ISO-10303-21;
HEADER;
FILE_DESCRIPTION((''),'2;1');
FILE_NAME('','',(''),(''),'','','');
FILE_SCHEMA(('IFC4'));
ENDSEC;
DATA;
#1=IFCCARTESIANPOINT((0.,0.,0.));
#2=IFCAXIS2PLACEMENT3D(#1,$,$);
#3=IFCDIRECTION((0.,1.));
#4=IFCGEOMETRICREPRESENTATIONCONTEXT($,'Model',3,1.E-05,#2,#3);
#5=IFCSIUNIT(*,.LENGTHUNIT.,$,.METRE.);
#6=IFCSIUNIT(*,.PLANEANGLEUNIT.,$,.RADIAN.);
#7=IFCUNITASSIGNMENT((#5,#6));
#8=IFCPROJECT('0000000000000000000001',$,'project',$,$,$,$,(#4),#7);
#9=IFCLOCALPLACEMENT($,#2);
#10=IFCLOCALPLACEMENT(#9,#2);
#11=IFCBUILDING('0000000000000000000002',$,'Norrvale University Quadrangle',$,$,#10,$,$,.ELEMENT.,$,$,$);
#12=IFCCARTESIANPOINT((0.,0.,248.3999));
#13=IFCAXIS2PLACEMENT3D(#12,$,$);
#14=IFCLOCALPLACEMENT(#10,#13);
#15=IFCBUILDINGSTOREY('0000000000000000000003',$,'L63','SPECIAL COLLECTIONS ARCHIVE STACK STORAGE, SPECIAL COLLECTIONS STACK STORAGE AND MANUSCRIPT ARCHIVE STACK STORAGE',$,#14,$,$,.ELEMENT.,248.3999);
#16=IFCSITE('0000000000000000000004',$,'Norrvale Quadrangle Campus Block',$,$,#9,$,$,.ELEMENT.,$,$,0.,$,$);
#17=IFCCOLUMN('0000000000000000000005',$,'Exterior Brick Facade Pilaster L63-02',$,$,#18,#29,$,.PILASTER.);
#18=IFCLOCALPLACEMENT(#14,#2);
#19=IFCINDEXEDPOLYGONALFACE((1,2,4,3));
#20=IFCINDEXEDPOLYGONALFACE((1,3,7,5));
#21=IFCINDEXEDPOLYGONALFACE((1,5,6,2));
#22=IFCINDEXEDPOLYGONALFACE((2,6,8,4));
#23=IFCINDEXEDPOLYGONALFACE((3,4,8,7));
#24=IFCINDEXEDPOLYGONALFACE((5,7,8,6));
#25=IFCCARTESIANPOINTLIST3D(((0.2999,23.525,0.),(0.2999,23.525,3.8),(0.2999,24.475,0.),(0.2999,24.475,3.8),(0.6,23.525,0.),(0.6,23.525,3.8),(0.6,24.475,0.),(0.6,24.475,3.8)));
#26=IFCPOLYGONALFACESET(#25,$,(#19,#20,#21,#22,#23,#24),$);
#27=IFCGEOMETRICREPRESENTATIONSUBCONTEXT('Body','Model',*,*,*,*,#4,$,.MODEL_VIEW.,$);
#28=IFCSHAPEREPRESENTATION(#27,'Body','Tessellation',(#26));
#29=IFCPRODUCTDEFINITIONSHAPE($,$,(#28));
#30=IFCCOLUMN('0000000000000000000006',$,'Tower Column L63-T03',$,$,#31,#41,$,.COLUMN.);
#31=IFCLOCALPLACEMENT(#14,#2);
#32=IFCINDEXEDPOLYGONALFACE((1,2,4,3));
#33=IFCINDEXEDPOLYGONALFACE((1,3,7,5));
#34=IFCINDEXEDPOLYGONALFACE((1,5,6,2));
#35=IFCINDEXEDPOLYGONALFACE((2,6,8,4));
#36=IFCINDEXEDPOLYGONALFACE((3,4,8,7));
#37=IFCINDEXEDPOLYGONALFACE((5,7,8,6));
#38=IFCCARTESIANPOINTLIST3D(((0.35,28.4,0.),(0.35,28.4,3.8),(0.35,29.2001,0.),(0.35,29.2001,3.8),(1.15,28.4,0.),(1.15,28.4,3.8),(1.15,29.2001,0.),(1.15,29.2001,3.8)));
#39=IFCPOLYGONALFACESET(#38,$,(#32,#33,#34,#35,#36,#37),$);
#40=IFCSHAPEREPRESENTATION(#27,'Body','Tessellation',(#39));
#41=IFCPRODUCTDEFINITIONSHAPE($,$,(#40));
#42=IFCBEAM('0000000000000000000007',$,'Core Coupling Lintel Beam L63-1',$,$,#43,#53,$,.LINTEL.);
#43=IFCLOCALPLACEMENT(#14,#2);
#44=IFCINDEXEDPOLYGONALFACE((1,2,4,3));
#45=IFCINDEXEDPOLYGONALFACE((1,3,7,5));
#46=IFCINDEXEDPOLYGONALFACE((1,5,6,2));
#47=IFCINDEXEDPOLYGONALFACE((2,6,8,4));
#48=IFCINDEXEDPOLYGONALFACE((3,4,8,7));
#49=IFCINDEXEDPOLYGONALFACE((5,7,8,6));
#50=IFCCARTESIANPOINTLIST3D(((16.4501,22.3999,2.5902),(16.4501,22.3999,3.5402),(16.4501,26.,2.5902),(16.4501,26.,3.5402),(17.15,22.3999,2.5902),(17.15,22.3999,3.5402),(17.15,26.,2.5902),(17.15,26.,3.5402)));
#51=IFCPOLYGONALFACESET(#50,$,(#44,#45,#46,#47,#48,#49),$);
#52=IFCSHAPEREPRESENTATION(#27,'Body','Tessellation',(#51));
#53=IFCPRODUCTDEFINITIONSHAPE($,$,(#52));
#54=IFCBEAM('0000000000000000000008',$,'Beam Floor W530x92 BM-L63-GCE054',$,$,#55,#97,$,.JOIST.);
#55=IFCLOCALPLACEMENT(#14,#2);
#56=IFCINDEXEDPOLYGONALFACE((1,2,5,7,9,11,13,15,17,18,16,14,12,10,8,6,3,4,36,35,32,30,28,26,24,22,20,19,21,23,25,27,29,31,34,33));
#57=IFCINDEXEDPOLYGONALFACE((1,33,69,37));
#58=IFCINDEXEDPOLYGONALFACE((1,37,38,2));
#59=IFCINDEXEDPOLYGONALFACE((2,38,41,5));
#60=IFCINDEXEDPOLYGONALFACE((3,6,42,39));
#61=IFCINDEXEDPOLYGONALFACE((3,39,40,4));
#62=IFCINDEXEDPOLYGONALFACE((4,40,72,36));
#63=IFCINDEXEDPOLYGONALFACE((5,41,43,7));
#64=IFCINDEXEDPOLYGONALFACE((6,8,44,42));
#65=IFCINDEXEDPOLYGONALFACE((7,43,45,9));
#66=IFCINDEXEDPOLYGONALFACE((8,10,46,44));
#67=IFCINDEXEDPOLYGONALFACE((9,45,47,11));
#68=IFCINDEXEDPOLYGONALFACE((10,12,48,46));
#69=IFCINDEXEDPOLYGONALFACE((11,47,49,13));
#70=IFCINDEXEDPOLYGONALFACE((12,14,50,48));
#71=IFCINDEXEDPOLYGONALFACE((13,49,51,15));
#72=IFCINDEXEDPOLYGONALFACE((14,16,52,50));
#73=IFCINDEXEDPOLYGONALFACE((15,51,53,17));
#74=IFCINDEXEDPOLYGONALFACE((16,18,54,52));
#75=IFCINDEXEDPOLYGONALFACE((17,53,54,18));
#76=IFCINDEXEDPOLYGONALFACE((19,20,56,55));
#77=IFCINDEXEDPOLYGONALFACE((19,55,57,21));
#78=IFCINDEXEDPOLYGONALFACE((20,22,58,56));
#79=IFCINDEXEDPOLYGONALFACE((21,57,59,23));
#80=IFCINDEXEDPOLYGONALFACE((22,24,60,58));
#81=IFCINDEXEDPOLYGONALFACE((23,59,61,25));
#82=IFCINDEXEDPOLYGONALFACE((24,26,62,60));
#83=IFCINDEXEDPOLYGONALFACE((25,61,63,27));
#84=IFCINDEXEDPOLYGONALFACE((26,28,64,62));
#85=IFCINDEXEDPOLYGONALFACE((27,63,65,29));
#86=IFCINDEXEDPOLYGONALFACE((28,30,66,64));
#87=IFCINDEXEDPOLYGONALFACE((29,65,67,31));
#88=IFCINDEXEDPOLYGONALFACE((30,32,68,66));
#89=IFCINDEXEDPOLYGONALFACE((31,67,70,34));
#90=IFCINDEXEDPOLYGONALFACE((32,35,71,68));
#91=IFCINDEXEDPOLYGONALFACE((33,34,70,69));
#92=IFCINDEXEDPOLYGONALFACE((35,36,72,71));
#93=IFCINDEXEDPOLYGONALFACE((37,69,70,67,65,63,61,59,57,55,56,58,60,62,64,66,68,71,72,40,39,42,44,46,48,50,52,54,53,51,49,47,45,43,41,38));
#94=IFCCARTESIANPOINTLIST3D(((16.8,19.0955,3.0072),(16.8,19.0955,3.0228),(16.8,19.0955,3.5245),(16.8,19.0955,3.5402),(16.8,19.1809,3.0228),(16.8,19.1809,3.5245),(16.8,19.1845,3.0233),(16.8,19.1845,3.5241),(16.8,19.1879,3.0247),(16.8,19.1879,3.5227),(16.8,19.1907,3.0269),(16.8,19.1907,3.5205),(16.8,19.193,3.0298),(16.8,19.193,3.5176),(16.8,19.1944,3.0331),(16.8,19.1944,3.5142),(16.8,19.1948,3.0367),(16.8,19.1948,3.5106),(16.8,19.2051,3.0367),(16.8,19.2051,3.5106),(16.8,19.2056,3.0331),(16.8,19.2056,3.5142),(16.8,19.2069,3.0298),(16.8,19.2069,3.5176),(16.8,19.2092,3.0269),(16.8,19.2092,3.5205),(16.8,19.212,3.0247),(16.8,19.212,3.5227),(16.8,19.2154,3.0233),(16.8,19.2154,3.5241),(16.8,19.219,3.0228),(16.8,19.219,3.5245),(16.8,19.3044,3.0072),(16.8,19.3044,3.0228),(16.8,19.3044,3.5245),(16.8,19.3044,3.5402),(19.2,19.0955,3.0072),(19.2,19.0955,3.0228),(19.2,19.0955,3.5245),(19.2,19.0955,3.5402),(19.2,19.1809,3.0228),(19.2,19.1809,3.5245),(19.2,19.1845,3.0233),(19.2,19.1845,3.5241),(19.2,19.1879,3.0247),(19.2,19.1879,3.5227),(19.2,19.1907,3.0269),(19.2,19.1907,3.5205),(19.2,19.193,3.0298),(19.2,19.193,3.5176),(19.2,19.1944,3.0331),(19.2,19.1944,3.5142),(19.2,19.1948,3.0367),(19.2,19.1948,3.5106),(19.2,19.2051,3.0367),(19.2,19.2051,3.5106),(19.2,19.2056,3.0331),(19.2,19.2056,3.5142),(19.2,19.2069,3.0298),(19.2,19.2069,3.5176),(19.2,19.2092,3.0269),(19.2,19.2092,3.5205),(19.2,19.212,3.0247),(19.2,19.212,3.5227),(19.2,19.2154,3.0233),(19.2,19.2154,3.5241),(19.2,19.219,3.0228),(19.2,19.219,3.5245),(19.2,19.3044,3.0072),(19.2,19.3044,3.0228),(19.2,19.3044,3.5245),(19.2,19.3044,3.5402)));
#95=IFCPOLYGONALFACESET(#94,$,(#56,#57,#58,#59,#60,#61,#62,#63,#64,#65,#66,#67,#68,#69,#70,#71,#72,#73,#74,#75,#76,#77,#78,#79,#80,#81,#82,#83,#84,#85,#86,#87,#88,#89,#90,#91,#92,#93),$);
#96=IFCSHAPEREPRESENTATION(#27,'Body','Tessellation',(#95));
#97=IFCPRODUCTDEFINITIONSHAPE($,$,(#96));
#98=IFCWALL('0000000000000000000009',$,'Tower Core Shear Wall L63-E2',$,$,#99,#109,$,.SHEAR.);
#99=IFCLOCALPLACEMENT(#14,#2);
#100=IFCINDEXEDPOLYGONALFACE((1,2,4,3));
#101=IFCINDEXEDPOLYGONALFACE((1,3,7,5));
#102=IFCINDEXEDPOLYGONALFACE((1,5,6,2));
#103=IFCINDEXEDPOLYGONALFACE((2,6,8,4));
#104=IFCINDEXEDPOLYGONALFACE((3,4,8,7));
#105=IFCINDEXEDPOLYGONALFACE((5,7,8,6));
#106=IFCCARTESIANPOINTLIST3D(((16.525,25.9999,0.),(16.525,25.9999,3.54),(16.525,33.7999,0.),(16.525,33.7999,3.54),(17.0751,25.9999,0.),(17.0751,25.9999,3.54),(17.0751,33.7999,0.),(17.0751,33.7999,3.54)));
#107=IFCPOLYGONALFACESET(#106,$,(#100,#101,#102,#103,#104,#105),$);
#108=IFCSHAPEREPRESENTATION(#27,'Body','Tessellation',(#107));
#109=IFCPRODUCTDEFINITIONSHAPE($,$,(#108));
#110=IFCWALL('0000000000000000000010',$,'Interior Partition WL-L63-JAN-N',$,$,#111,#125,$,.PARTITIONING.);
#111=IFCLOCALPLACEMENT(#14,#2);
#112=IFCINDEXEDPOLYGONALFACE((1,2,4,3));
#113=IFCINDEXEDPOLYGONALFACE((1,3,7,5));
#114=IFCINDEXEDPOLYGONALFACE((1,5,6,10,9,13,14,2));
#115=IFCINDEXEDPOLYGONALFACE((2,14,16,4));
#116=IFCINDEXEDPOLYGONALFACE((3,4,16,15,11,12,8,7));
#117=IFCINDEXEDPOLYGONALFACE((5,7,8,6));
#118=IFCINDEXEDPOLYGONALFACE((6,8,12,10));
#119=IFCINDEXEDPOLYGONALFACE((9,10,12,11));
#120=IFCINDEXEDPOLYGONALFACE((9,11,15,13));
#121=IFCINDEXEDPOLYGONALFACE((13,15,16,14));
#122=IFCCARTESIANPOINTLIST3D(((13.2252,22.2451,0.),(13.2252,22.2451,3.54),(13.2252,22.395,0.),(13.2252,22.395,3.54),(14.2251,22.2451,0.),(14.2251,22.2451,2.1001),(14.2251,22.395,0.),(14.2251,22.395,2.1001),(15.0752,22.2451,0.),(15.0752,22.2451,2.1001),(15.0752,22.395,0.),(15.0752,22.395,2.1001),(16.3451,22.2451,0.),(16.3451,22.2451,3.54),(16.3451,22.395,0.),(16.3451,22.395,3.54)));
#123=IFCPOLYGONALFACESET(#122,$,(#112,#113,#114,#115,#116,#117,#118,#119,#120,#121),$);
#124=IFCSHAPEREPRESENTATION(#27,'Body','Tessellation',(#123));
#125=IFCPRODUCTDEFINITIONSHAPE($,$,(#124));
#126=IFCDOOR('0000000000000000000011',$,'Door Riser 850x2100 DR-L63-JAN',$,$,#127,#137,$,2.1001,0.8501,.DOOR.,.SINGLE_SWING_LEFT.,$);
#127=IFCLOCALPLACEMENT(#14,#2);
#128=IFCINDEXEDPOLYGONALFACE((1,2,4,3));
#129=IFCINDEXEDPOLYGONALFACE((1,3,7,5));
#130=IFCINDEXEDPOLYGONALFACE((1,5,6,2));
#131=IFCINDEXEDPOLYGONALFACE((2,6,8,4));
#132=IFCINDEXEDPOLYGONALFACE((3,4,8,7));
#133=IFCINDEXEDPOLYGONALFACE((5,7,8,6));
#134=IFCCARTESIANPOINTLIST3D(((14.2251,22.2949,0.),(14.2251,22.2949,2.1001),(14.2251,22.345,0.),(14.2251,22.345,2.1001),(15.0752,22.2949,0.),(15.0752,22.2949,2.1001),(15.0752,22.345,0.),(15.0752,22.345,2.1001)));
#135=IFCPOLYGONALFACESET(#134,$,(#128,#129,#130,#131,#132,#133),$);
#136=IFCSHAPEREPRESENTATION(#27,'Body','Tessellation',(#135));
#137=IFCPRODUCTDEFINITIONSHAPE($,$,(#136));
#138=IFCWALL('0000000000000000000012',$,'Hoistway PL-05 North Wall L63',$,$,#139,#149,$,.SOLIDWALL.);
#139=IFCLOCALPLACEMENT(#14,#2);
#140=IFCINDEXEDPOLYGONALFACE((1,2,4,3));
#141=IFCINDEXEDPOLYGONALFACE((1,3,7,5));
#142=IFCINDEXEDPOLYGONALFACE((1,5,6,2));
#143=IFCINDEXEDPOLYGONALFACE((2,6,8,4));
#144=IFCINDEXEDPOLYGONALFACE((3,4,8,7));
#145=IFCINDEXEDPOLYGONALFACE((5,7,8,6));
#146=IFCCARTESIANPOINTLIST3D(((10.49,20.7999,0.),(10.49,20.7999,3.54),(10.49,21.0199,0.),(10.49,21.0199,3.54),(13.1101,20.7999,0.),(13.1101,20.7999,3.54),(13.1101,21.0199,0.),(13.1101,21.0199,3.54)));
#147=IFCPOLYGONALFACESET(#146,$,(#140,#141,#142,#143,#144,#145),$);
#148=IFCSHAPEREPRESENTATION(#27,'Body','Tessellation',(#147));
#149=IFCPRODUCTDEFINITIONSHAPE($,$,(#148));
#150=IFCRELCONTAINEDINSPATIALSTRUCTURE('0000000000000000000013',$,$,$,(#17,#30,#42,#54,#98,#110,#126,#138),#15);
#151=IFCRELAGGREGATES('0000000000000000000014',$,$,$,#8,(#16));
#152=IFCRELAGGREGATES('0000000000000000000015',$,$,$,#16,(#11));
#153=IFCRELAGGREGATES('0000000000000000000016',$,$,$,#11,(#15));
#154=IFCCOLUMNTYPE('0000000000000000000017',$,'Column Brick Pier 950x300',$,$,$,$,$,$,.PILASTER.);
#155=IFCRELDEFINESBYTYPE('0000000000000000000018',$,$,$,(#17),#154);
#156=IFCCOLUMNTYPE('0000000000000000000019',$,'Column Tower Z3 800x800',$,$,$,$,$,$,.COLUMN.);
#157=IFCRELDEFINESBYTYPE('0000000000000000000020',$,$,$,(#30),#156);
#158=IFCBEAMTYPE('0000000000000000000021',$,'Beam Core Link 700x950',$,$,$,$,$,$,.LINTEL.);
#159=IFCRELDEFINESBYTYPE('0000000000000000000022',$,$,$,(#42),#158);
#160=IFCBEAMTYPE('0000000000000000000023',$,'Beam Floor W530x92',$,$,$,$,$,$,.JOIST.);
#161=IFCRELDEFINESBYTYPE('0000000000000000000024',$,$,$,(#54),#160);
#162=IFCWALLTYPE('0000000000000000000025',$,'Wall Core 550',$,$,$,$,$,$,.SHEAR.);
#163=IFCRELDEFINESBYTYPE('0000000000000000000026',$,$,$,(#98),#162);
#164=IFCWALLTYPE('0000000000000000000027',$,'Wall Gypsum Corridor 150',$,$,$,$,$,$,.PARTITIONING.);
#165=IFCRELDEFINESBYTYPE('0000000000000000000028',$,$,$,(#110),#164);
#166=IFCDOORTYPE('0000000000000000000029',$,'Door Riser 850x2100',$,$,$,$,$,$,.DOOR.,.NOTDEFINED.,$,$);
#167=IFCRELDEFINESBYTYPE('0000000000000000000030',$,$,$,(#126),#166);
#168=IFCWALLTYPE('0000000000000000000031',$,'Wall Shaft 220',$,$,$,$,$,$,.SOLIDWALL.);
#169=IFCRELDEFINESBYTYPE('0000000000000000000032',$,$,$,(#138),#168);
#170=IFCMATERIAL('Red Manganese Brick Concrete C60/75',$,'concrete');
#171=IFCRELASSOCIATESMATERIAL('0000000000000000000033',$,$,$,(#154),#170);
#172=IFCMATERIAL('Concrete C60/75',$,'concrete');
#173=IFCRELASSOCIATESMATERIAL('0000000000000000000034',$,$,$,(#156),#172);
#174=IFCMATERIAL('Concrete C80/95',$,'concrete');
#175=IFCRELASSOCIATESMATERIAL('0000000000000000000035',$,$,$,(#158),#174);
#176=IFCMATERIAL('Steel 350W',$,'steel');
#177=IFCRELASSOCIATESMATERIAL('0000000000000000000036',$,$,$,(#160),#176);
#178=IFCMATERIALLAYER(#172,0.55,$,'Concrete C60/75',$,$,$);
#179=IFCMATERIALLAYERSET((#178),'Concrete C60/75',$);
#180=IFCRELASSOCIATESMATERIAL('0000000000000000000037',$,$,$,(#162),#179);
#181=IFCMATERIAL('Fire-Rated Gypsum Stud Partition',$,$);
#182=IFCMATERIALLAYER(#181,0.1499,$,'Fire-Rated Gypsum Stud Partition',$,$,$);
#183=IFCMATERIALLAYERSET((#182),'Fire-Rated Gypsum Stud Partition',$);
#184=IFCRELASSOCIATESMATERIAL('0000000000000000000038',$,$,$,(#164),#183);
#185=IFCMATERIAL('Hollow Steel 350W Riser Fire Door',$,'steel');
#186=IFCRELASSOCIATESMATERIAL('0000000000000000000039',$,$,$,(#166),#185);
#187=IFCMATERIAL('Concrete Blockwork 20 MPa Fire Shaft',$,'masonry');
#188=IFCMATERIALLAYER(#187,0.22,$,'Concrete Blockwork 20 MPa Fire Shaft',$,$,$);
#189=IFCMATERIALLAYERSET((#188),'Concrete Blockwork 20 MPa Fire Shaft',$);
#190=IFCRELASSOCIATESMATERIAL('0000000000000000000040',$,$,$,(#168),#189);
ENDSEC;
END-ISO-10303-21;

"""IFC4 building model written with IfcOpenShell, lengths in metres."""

from ifc_helpers import new_model, si_unit, direction, frame, frame_2d, origin, origin_2d, place, context, subcontext, project, spatial, rectangle, i_section, extrude, material, layer, layer_set, material_profile, profile_set, type_object, element, fill, save


model = new_model("IFC4")

# Units and contexts
model_context = context("Model", 3, precision=1e-05, world=origin(), true_north=direction((0.0, 1.0)))
body_context = subcontext(model_context, "Body", "Model", "MODEL_VIEW")
ifc_project = project(units=[si_unit("LENGTHUNIT", "METRE"), si_unit("PLANEANGLEUNIT", "RADIAN")], contexts=[model_context])

# Site, building, storey
site_placement = place(None, origin())
site = spatial("IfcSite", under=ifc_project, at=site_placement, Name="Norrvale Quadrangle Campus Block", CompositionType="ELEMENT", RefElevation=0.0)
building_placement = place(site_placement, origin())
building = spatial("IfcBuilding", under=site, at=building_placement, Name="Norrvale University Quadrangle", CompositionType="ELEMENT")
storey_placement = place(building_placement, frame((0.0, 0.0, 248.3999)))
storey = spatial("IfcBuildingStorey", under=building, at=storey_placement, Name="L63", Description="SPECIAL COLLECTIONS ARCHIVE STACK STORAGE, SPECIAL COLLECTIONS STACK STORAGE AND MANUSCRIPT ARCHIVE STACK STORAGE", CompositionType="ELEMENT", Elevation=248.3999)

# Columns
ifc_material_1 = material(Name="Red Manganese Brick Concrete C60/75", Category="concrete")
ifc_material_profile_1 = material_profile(ifc_material_1, rectangle(XDim=0.95, YDim=0.3, at=origin_2d()), Name="Red Manganese Brick Concrete C60/75")
ifc_profile_set_1 = profile_set([ifc_material_profile_1], Name="Red Manganese Brick Concrete C60/75")
column_type_1 = type_object("IfcColumnType", Name="Column Brick Pier 950x300", PredefinedType="PILASTER", material=ifc_profile_set_1)
column_1_placement = place(storey_placement, frame((0.45, 24.0, 0.0), z_axis=(0.0, 0.0, 1.0), x_axis=(0.0, 1.0, 0.0)))
element("IfcColumn", 1, at=column_1_placement, inside=storey, type_object=column_type_1, Name="Exterior Brick Facade Pilaster L63-02", PredefinedType="PILASTER", context=body_context, shape_type="SweptSolid", body=[
    extrude(rectangle(XDim=0.95, YDim=0.3, at=origin_2d()), origin(), (0.0, 0.0, 1.0), 3.8),
])
ifc_material_2 = material(Name="Concrete C60/75", Category="concrete")
ifc_material_profile_2 = material_profile(ifc_material_2, rectangle(XDim=0.8, YDim=0.8, at=origin_2d()), Name="Concrete C60/75")
ifc_profile_set_2 = profile_set([ifc_material_profile_2], Name="Concrete C60/75")
column_type_2 = type_object("IfcColumnType", Name="Column Tower Z3 800x800", PredefinedType="COLUMN", material=ifc_profile_set_2)
column_2_placement = place(storey_placement, frame((0.75, 28.8, 0.0), z_axis=(0.0, 0.0, 1.0), x_axis=(1.0, 0.0, 0.0)))
element("IfcColumn", 2, at=column_2_placement, inside=storey, type_object=column_type_2, Name="Tower Column L63-T03", PredefinedType="COLUMN", context=body_context, shape_type="SweptSolid", body=[
    extrude(rectangle(XDim=0.8, YDim=0.8, at=origin_2d()), origin(), (0.0, 0.0, 1.0), 3.8),
])

# Beams
ifc_material_3 = material(Name="Concrete C80/95", Category="concrete")
ifc_material_profile_3 = material_profile(ifc_material_3, rectangle(XDim=0.7, YDim=0.95, at=origin_2d()), Name="Concrete C80/95")
ifc_profile_set_3 = profile_set([ifc_material_profile_3], Name="Concrete C80/95")
beam_type_1 = type_object("IfcBeamType", Name="Beam Core Link 700x950", PredefinedType="LINTEL", material=ifc_profile_set_3)
beam_1_placement = place(storey_placement, frame((16.8, 22.3999, 3.0652), z_axis=(0.0, 1.0, 0.0), x_axis=(-1.0, 0.0, 0.0)))
element("IfcBeam", 3, at=beam_1_placement, inside=storey, type_object=beam_type_1, Name="Core Coupling Lintel Beam L63-1", PredefinedType="LINTEL", context=body_context, shape_type="SweptSolid", body=[
    extrude(rectangle(XDim=0.7, YDim=0.95, at=origin_2d()), origin(), (0.0, 0.0, 1.0), 3.6001),
])
ifc_material_4 = material(Name="Steel 350W", Category="steel")
ifc_material_profile_4 = material_profile(ifc_material_4, i_section(OverallWidth=0.209, OverallDepth=0.533, WebThickness=0.0103, FlangeThickness=0.0156, FilletRadius=0.0139, at=origin_2d()), Name="Steel 350W")
ifc_profile_set_4 = profile_set([ifc_material_profile_4], Name="Steel 350W")
beam_type_2 = type_object("IfcBeamType", Name="Beam Floor W530x92", PredefinedType="JOIST", material=ifc_profile_set_4)
beam_2_placement = place(storey_placement, frame((16.8, 19.2, 3.2737), z_axis=(1.0, 0.0, 0.0), x_axis=(0.0, 1.0, 0.0)))
element("IfcBeam", 4, at=beam_2_placement, inside=storey, type_object=beam_type_2, Name="Beam Floor W530x92 BM-L63-GCE054", PredefinedType="JOIST", context=body_context, shape_type="SweptSolid", body=[
    extrude(i_section(OverallWidth=0.209, OverallDepth=0.533, WebThickness=0.0103, FlangeThickness=0.0156, FilletRadius=0.0139, at=origin_2d()), origin(), (0.0, 0.0, 1.0), 2.3999),
])

# Wall
ifc_layer_1 = layer(ifc_material_2, 0.55, Name="Concrete C60/75")
ifc_layer_set_1 = layer_set([ifc_layer_1], Name="Concrete C60/75")
wall_type_1 = type_object("IfcWallType", Name="Wall Core 550", PredefinedType="SHEAR", material=ifc_layer_set_1)
wall_1_placement = place(storey_placement, frame((16.8, 26.0, 0.0), z_axis=(0.0, 0.0, 1.0), x_axis=(0.0, 1.0, 0.0)))
element("IfcWall", 5, at=wall_1_placement, inside=storey, type_object=wall_type_1, Name="Tower Core Shear Wall L63-E2", PredefinedType="SHEAR", context=body_context, shape_type="SweptSolid", body=[
    extrude(rectangle(XDim=7.8, YDim=0.55, at=frame_2d((3.8999, 0.0))), origin(), (0.0, 0.0, 1.0), 3.54),
])

# Wall, opening, door
ifc_material_5 = material(Name="Fire-Rated Gypsum Stud Partition")
ifc_layer_2 = layer(ifc_material_5, 0.1499, Name="Fire-Rated Gypsum Stud Partition")
ifc_layer_set_2 = layer_set([ifc_layer_2], Name="Fire-Rated Gypsum Stud Partition")
wall_type_2 = type_object("IfcWallType", Name="Wall Gypsum Corridor 150", PredefinedType="PARTITIONING", material=ifc_layer_set_2)
wall_2_placement = place(storey_placement, frame((13.2251, 22.3201, 0.0), z_axis=(0.0, 0.0, 1.0), x_axis=(1.0, 0.0, 0.0)))
wall_2 = element("IfcWall", 6, at=wall_2_placement, inside=storey, type_object=wall_type_2, Name="Interior Partition WL-L63-JAN-N", PredefinedType="PARTITIONING", context=body_context, shape_type="SweptSolid", body=[
    extrude(rectangle(XDim=3.1199, YDim=0.1499, at=frame_2d((1.5601, 0.0))), origin(), (0.0, 0.0, 1.0), 3.54),
])
opening_1_placement = place(wall_2_placement, frame((1.0, 0.0, 0.0)))
opening_1 = element("IfcOpeningElement", 7, at=opening_1_placement, cuts=wall_2, PredefinedType="OPENING", context=body_context, shape_type="SweptSolid", body=[
    extrude(rectangle(XDim=0.8501, YDim=2.1001, at=frame_2d((0.425, 1.05))), frame((0.0, 0.0869, 0.0), z_axis=(0.0, -1.0, 0.0), x_axis=(1.0, 0.0, 0.0)), (0.0, 0.0, 1.0), 0.1738),
])
ifc_material_6 = material(Name="Hollow Steel 350W Riser Fire Door", Category="steel")
door_type_1 = type_object("IfcDoorType", Name="Door Riser 850x2100", OperationType="NOTDEFINED", PredefinedType="DOOR", material=ifc_material_6)
door_1_placement = place(opening_1_placement, origin())
door_1 = element("IfcDoor", 8, at=door_1_placement, inside=storey, type_object=door_type_1, Name="Door Riser 850x2100 DR-L63-JAN", OperationType="SINGLE_SWING_LEFT", OverallHeight=2.1001, OverallWidth=0.8501, PredefinedType="DOOR", context=body_context, shape_type="SweptSolid", body=[
    extrude(rectangle(XDim=0.8501, YDim=2.1001, at=frame_2d((0.425, 1.05))), frame((0.0, 0.0249, 0.0), z_axis=(0.0, -1.0, 0.0), x_axis=(1.0, 0.0, 0.0)), (0.0, 0.0, 1.0), 0.05),
])
fill(opening_1, door_1)

# Wall
ifc_material_7 = material(Name="Concrete Blockwork 20 MPa Fire Shaft", Category="masonry")
ifc_layer_3 = layer(ifc_material_7, 0.22, Name="Concrete Blockwork 20 MPa Fire Shaft")
ifc_layer_set_3 = layer_set([ifc_layer_3], Name="Concrete Blockwork 20 MPa Fire Shaft")
wall_type_3 = type_object("IfcWallType", Name="Wall Shaft 220", PredefinedType="SOLIDWALL", material=ifc_layer_set_3)
wall_3_placement = place(storey_placement, frame((10.49, 20.9099, 0.0), z_axis=(0.0, 0.0, 1.0), x_axis=(1.0, 0.0, 0.0)))
element("IfcWall", 9, at=wall_3_placement, inside=storey, type_object=wall_type_3, Name="Hoistway PL-05 North Wall L63", PredefinedType="SOLIDWALL", context=body_context, shape_type="SweptSolid", body=[
    extrude(rectangle(XDim=2.6201, YDim=0.22, at=frame_2d((1.3101, 0.0))), origin(), (0.0, 0.0, 1.0), 3.54),
])

save(model, "model.ifc")
